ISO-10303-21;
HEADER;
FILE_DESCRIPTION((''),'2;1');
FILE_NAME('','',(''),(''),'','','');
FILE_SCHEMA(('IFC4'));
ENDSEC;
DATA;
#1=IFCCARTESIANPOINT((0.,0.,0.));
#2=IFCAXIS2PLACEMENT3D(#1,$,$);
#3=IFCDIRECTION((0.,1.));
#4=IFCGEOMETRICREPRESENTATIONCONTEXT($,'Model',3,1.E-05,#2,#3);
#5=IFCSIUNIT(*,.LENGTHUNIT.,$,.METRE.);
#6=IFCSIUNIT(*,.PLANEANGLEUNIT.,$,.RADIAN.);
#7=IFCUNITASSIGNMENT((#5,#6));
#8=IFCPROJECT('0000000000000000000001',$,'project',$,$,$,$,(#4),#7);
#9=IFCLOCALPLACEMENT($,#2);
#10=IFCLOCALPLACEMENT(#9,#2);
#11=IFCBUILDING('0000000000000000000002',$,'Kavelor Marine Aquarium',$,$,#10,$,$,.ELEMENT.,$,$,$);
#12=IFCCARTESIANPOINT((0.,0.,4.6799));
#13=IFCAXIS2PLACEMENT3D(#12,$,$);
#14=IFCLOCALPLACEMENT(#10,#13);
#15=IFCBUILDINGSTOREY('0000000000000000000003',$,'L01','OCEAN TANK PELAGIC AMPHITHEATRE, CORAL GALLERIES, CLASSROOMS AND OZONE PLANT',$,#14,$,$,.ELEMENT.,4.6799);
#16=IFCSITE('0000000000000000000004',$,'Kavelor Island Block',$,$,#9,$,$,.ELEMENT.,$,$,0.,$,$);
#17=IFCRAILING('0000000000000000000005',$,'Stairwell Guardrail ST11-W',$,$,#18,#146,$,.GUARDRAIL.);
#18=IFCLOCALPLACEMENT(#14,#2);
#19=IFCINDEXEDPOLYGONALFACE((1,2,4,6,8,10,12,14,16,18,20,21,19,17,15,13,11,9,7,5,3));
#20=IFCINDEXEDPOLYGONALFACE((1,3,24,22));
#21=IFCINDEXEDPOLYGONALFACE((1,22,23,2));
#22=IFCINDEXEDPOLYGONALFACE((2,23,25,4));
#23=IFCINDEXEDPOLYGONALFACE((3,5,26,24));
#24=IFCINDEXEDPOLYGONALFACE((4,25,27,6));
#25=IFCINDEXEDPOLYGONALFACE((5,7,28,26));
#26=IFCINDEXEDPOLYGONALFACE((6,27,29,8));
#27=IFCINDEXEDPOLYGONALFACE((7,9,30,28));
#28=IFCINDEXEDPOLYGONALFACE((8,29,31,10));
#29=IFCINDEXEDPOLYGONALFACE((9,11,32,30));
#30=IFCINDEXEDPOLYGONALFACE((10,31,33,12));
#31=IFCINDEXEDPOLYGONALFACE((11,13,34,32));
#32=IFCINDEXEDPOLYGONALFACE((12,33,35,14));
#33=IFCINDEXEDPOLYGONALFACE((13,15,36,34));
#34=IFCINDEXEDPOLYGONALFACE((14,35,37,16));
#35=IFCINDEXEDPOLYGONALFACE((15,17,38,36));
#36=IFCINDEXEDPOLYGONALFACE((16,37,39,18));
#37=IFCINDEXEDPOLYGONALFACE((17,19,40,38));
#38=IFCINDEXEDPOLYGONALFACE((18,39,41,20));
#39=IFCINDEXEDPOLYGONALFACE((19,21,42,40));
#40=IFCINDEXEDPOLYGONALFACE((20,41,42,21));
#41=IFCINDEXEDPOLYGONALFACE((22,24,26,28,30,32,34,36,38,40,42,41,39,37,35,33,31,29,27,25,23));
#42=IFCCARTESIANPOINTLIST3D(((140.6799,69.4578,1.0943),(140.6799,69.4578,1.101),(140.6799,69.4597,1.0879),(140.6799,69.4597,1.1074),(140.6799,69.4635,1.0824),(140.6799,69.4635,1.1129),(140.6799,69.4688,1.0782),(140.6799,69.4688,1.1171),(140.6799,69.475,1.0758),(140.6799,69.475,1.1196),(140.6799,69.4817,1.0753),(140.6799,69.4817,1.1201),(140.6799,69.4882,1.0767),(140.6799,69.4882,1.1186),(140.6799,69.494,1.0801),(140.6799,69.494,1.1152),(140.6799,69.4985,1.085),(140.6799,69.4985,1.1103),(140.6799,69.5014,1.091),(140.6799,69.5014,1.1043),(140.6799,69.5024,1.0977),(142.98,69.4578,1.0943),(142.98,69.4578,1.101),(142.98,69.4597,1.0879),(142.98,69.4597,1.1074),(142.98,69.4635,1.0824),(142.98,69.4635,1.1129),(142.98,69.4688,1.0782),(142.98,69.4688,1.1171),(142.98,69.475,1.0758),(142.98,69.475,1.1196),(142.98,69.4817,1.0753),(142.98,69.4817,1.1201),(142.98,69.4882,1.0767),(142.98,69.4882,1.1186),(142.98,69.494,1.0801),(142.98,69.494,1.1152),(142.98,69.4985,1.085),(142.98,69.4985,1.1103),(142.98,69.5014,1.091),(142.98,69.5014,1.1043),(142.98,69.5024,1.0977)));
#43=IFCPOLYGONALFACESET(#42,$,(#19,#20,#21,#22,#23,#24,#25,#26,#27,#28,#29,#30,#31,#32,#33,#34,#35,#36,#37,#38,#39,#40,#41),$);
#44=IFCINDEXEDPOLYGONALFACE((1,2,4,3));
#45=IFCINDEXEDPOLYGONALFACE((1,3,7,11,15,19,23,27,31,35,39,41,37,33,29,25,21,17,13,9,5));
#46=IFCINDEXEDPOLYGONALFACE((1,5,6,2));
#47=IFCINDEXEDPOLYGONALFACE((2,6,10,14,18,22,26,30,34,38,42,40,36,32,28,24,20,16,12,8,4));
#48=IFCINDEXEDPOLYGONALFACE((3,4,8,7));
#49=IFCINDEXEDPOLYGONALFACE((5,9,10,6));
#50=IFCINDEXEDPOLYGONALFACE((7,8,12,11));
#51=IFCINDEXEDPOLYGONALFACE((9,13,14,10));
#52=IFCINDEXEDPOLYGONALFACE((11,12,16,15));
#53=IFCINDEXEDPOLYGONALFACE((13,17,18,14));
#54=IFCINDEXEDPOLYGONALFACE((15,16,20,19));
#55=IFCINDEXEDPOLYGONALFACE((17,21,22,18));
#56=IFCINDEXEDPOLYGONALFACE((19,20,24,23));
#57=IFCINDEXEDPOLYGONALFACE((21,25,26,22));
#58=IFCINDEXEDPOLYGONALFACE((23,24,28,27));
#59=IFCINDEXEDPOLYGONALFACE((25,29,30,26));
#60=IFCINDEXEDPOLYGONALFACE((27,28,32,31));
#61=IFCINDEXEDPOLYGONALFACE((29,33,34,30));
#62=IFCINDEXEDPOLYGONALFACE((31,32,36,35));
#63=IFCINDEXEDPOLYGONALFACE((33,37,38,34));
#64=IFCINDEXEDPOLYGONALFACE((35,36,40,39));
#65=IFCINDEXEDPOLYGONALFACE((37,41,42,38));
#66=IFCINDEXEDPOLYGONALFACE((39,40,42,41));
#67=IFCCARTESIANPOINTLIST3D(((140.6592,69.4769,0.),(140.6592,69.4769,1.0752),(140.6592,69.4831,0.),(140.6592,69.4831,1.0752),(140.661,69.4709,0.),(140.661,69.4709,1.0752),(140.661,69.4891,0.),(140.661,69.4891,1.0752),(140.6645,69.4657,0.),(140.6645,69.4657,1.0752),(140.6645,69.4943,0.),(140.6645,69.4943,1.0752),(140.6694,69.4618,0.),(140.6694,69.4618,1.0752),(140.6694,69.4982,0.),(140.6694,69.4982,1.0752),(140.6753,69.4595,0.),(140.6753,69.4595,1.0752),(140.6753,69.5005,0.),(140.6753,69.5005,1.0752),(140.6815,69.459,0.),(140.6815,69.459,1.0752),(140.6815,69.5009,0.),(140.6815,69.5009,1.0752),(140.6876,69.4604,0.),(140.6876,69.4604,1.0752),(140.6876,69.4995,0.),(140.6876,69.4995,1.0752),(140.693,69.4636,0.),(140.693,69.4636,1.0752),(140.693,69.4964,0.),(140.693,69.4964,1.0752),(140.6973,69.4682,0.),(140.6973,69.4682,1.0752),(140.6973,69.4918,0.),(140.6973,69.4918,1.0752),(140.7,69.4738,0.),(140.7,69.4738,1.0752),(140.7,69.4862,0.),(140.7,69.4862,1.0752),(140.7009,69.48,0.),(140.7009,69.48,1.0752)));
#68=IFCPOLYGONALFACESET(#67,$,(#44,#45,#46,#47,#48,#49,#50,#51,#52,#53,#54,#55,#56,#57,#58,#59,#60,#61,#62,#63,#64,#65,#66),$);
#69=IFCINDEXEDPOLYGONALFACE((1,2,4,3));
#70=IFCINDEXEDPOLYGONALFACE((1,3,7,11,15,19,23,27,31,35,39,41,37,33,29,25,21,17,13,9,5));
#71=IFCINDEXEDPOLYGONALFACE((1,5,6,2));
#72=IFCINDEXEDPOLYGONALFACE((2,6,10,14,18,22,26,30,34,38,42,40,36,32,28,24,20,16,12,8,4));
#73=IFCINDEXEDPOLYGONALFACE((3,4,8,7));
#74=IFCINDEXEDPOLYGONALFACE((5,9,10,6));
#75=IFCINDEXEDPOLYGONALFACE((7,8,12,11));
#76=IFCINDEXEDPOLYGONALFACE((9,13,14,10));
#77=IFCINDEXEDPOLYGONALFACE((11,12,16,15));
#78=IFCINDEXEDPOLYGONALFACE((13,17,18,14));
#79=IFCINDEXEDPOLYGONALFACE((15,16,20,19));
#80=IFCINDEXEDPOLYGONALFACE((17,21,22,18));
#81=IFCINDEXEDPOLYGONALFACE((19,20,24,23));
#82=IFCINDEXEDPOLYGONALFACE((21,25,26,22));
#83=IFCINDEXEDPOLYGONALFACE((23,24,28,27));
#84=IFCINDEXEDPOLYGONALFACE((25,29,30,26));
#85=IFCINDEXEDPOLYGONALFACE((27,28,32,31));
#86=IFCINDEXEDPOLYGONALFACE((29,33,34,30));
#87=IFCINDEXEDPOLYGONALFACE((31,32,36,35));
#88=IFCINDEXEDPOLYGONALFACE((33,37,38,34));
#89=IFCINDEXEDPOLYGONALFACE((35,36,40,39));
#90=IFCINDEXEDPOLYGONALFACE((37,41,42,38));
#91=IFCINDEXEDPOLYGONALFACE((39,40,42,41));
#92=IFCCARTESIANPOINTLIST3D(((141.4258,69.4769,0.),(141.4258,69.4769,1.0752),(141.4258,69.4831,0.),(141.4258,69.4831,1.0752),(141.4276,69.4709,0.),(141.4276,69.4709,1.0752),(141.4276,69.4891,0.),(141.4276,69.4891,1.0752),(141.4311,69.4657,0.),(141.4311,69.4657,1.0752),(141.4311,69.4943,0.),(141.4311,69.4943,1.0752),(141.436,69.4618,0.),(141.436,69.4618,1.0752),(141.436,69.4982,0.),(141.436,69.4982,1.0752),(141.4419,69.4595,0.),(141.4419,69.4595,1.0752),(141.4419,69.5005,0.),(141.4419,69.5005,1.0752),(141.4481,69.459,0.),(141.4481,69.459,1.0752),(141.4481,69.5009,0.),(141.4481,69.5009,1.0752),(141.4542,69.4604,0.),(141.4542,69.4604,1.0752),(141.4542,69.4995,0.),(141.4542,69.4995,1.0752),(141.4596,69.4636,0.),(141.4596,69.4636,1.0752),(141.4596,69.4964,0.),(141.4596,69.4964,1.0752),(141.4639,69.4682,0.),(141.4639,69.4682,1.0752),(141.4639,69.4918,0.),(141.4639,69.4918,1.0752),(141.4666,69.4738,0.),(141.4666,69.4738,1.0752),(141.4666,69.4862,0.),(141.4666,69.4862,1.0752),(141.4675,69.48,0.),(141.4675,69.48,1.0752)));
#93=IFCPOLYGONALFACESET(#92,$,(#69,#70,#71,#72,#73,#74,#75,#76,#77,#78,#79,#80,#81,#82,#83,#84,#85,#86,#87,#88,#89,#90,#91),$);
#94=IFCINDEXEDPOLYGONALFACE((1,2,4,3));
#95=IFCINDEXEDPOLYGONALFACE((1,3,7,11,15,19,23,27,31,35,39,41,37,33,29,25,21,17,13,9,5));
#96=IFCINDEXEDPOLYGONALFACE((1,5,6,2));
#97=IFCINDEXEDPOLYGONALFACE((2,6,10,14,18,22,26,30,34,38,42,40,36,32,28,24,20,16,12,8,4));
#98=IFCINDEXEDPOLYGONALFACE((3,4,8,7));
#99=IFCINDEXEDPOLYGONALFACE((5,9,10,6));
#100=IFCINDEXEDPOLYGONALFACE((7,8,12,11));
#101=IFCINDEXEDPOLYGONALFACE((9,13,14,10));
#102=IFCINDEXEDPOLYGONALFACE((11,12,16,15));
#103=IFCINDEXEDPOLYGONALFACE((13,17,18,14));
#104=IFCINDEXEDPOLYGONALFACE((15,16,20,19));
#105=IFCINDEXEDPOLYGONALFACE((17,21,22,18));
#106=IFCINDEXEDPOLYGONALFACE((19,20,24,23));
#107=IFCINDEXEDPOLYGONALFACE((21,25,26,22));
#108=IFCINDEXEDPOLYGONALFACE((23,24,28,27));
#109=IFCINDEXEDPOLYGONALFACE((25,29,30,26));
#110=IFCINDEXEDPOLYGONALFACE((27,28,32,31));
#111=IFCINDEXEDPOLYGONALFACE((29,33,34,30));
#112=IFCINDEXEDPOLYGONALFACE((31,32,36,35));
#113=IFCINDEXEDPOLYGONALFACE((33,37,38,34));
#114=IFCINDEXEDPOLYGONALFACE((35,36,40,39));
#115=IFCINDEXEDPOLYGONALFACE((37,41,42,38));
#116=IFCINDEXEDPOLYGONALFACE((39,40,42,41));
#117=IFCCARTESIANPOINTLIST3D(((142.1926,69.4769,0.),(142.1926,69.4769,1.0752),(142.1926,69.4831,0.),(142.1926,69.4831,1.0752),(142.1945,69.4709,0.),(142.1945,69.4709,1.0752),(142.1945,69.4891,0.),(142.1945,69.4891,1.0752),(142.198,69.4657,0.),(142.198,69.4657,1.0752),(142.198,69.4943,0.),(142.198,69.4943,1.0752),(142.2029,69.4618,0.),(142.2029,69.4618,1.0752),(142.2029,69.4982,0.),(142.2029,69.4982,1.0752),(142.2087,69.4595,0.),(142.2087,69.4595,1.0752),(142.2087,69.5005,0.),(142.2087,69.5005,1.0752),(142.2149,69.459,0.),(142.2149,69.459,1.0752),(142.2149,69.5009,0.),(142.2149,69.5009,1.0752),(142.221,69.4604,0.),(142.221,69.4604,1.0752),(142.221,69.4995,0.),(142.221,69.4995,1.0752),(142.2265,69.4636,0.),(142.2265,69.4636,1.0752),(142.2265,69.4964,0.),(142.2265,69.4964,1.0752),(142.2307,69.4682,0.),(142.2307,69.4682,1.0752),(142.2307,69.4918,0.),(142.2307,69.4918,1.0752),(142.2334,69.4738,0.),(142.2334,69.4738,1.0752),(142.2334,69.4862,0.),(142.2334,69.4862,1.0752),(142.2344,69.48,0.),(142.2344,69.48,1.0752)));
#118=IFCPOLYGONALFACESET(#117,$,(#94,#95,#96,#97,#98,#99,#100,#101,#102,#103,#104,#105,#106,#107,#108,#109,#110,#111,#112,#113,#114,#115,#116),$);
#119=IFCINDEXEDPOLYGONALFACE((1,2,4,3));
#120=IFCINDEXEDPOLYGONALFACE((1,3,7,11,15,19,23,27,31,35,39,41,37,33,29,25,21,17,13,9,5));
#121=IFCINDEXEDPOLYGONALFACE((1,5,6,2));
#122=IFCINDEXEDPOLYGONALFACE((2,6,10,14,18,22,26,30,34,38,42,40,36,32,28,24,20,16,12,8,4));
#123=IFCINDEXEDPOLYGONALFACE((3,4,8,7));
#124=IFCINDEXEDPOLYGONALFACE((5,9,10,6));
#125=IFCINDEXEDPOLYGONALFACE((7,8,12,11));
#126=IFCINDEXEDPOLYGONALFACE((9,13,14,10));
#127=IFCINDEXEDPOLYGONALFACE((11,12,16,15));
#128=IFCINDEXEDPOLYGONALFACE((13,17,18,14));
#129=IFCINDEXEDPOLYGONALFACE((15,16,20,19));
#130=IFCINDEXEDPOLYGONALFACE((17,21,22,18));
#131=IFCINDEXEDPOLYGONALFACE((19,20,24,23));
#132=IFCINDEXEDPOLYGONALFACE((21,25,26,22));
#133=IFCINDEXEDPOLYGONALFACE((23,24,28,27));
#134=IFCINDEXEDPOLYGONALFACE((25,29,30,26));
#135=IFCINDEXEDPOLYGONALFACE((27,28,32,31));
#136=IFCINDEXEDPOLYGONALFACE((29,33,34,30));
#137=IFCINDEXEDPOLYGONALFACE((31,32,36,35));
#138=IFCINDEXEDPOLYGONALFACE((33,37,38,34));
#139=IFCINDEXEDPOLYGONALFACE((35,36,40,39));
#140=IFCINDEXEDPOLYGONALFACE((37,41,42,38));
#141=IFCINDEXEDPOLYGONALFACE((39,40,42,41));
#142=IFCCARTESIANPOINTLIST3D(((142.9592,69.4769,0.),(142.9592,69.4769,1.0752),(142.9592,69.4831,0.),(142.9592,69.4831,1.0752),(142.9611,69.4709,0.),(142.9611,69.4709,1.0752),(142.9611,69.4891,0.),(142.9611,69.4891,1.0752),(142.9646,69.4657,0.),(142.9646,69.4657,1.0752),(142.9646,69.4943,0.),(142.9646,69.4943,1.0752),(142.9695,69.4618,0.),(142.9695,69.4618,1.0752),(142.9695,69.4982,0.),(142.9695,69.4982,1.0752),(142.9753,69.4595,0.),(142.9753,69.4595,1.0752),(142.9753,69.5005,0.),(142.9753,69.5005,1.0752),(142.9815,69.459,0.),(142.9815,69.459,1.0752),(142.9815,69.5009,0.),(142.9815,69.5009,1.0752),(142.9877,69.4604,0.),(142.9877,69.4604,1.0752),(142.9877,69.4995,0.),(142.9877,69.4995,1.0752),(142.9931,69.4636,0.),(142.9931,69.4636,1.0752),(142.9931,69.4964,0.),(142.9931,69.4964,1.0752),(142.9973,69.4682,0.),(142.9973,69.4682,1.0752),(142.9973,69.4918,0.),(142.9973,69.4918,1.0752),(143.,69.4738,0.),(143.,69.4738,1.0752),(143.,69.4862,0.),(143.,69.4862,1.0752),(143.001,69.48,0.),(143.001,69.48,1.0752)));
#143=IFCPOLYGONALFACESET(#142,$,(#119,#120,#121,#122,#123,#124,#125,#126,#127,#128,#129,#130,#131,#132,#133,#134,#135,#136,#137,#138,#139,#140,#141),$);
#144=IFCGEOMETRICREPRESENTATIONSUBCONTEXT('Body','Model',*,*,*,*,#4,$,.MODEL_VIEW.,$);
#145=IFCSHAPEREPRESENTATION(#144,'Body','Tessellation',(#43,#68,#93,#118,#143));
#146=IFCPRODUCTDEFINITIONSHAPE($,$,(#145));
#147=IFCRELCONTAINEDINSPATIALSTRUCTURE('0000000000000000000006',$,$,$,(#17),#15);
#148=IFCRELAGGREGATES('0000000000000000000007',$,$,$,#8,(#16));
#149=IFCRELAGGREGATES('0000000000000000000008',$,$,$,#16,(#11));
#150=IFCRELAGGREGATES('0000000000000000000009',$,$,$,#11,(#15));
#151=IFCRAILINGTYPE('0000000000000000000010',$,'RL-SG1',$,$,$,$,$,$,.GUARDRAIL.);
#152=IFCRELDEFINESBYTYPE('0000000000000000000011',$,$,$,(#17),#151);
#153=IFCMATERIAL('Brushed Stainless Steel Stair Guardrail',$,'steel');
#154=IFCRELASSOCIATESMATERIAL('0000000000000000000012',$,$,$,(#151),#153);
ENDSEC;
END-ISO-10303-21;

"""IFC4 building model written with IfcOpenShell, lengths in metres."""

from ifc_helpers import new_model, si_unit, direction, frame, origin, origin_2d, place, context, subcontext, project, spatial, circle, extrude, material, type_object, element, save


model = new_model("IFC4")

# Units and contexts
model_context = context("Model", 3, precision=1e-05, world=origin(), true_north=direction((0.0, 1.0)))
body_context = subcontext(model_context, "Body", "Model", "MODEL_VIEW")
ifc_project = project(units=[si_unit("LENGTHUNIT", "METRE"), si_unit("PLANEANGLEUNIT", "RADIAN")], contexts=[model_context])

# Site, building, storey
site_placement = place(None, origin())
site = spatial("IfcSite", under=ifc_project, at=site_placement, Name="Kavelor Island Block", CompositionType="ELEMENT", RefElevation=0.0)
building_placement = place(site_placement, origin())
building = spatial("IfcBuilding", under=site, at=building_placement, Name="Kavelor Marine Aquarium", CompositionType="ELEMENT")
storey_placement = place(building_placement, frame((0.0, 0.0, 4.6799)))
storey = spatial("IfcBuildingStorey", under=building, at=storey_placement, Name="L01", Description="OCEAN TANK PELAGIC AMPHITHEATRE, CORAL GALLERIES, CLASSROOMS AND OZONE PLANT", CompositionType="ELEMENT", Elevation=4.6799)

# Railing
ifc_material_1 = material(Name="Brushed Stainless Steel Stair Guardrail", Category="steel")
railing_type_1 = type_object("IfcRailingType", Name="RL-SG1", PredefinedType="GUARDRAIL", material=ifc_material_1)
railing_1_placement = place(storey_placement, frame((140.6799, 69.48, 0.0)))
element("IfcRailing", 1, at=railing_1_placement, inside=storey, type_object=railing_type_1, Name="Stairwell Guardrail ST11-W", PredefinedType="GUARDRAIL", context=body_context, shape_type="SweptSolid", body=[
    extrude(circle(Radius=0.0225, at=origin_2d()), frame((0.0, 0.0, 1.0977), z_axis=(1.0, 0.0, 0.0), x_axis=(0.0, 1.0, 0.0)), (0.0, 0.0, 1.0), 2.3),
    extrude(circle(Radius=0.021, at=origin_2d()), origin(), (0.0, 0.0, 1.0), 1.0752),
    extrude(circle(Radius=0.021, at=origin_2d()), frame((0.7666, 0.0, 0.0)), (0.0, 0.0, 1.0), 1.0752),
    extrude(circle(Radius=0.021, at=origin_2d()), frame((1.5334, 0.0, 0.0)), (0.0, 0.0, 1.0), 1.0752),
    extrude(circle(Radius=0.021, at=origin_2d()), frame((2.3, 0.0, 0.0)), (0.0, 0.0, 1.0), 1.0752),
])

save(model, "model.ifc")
